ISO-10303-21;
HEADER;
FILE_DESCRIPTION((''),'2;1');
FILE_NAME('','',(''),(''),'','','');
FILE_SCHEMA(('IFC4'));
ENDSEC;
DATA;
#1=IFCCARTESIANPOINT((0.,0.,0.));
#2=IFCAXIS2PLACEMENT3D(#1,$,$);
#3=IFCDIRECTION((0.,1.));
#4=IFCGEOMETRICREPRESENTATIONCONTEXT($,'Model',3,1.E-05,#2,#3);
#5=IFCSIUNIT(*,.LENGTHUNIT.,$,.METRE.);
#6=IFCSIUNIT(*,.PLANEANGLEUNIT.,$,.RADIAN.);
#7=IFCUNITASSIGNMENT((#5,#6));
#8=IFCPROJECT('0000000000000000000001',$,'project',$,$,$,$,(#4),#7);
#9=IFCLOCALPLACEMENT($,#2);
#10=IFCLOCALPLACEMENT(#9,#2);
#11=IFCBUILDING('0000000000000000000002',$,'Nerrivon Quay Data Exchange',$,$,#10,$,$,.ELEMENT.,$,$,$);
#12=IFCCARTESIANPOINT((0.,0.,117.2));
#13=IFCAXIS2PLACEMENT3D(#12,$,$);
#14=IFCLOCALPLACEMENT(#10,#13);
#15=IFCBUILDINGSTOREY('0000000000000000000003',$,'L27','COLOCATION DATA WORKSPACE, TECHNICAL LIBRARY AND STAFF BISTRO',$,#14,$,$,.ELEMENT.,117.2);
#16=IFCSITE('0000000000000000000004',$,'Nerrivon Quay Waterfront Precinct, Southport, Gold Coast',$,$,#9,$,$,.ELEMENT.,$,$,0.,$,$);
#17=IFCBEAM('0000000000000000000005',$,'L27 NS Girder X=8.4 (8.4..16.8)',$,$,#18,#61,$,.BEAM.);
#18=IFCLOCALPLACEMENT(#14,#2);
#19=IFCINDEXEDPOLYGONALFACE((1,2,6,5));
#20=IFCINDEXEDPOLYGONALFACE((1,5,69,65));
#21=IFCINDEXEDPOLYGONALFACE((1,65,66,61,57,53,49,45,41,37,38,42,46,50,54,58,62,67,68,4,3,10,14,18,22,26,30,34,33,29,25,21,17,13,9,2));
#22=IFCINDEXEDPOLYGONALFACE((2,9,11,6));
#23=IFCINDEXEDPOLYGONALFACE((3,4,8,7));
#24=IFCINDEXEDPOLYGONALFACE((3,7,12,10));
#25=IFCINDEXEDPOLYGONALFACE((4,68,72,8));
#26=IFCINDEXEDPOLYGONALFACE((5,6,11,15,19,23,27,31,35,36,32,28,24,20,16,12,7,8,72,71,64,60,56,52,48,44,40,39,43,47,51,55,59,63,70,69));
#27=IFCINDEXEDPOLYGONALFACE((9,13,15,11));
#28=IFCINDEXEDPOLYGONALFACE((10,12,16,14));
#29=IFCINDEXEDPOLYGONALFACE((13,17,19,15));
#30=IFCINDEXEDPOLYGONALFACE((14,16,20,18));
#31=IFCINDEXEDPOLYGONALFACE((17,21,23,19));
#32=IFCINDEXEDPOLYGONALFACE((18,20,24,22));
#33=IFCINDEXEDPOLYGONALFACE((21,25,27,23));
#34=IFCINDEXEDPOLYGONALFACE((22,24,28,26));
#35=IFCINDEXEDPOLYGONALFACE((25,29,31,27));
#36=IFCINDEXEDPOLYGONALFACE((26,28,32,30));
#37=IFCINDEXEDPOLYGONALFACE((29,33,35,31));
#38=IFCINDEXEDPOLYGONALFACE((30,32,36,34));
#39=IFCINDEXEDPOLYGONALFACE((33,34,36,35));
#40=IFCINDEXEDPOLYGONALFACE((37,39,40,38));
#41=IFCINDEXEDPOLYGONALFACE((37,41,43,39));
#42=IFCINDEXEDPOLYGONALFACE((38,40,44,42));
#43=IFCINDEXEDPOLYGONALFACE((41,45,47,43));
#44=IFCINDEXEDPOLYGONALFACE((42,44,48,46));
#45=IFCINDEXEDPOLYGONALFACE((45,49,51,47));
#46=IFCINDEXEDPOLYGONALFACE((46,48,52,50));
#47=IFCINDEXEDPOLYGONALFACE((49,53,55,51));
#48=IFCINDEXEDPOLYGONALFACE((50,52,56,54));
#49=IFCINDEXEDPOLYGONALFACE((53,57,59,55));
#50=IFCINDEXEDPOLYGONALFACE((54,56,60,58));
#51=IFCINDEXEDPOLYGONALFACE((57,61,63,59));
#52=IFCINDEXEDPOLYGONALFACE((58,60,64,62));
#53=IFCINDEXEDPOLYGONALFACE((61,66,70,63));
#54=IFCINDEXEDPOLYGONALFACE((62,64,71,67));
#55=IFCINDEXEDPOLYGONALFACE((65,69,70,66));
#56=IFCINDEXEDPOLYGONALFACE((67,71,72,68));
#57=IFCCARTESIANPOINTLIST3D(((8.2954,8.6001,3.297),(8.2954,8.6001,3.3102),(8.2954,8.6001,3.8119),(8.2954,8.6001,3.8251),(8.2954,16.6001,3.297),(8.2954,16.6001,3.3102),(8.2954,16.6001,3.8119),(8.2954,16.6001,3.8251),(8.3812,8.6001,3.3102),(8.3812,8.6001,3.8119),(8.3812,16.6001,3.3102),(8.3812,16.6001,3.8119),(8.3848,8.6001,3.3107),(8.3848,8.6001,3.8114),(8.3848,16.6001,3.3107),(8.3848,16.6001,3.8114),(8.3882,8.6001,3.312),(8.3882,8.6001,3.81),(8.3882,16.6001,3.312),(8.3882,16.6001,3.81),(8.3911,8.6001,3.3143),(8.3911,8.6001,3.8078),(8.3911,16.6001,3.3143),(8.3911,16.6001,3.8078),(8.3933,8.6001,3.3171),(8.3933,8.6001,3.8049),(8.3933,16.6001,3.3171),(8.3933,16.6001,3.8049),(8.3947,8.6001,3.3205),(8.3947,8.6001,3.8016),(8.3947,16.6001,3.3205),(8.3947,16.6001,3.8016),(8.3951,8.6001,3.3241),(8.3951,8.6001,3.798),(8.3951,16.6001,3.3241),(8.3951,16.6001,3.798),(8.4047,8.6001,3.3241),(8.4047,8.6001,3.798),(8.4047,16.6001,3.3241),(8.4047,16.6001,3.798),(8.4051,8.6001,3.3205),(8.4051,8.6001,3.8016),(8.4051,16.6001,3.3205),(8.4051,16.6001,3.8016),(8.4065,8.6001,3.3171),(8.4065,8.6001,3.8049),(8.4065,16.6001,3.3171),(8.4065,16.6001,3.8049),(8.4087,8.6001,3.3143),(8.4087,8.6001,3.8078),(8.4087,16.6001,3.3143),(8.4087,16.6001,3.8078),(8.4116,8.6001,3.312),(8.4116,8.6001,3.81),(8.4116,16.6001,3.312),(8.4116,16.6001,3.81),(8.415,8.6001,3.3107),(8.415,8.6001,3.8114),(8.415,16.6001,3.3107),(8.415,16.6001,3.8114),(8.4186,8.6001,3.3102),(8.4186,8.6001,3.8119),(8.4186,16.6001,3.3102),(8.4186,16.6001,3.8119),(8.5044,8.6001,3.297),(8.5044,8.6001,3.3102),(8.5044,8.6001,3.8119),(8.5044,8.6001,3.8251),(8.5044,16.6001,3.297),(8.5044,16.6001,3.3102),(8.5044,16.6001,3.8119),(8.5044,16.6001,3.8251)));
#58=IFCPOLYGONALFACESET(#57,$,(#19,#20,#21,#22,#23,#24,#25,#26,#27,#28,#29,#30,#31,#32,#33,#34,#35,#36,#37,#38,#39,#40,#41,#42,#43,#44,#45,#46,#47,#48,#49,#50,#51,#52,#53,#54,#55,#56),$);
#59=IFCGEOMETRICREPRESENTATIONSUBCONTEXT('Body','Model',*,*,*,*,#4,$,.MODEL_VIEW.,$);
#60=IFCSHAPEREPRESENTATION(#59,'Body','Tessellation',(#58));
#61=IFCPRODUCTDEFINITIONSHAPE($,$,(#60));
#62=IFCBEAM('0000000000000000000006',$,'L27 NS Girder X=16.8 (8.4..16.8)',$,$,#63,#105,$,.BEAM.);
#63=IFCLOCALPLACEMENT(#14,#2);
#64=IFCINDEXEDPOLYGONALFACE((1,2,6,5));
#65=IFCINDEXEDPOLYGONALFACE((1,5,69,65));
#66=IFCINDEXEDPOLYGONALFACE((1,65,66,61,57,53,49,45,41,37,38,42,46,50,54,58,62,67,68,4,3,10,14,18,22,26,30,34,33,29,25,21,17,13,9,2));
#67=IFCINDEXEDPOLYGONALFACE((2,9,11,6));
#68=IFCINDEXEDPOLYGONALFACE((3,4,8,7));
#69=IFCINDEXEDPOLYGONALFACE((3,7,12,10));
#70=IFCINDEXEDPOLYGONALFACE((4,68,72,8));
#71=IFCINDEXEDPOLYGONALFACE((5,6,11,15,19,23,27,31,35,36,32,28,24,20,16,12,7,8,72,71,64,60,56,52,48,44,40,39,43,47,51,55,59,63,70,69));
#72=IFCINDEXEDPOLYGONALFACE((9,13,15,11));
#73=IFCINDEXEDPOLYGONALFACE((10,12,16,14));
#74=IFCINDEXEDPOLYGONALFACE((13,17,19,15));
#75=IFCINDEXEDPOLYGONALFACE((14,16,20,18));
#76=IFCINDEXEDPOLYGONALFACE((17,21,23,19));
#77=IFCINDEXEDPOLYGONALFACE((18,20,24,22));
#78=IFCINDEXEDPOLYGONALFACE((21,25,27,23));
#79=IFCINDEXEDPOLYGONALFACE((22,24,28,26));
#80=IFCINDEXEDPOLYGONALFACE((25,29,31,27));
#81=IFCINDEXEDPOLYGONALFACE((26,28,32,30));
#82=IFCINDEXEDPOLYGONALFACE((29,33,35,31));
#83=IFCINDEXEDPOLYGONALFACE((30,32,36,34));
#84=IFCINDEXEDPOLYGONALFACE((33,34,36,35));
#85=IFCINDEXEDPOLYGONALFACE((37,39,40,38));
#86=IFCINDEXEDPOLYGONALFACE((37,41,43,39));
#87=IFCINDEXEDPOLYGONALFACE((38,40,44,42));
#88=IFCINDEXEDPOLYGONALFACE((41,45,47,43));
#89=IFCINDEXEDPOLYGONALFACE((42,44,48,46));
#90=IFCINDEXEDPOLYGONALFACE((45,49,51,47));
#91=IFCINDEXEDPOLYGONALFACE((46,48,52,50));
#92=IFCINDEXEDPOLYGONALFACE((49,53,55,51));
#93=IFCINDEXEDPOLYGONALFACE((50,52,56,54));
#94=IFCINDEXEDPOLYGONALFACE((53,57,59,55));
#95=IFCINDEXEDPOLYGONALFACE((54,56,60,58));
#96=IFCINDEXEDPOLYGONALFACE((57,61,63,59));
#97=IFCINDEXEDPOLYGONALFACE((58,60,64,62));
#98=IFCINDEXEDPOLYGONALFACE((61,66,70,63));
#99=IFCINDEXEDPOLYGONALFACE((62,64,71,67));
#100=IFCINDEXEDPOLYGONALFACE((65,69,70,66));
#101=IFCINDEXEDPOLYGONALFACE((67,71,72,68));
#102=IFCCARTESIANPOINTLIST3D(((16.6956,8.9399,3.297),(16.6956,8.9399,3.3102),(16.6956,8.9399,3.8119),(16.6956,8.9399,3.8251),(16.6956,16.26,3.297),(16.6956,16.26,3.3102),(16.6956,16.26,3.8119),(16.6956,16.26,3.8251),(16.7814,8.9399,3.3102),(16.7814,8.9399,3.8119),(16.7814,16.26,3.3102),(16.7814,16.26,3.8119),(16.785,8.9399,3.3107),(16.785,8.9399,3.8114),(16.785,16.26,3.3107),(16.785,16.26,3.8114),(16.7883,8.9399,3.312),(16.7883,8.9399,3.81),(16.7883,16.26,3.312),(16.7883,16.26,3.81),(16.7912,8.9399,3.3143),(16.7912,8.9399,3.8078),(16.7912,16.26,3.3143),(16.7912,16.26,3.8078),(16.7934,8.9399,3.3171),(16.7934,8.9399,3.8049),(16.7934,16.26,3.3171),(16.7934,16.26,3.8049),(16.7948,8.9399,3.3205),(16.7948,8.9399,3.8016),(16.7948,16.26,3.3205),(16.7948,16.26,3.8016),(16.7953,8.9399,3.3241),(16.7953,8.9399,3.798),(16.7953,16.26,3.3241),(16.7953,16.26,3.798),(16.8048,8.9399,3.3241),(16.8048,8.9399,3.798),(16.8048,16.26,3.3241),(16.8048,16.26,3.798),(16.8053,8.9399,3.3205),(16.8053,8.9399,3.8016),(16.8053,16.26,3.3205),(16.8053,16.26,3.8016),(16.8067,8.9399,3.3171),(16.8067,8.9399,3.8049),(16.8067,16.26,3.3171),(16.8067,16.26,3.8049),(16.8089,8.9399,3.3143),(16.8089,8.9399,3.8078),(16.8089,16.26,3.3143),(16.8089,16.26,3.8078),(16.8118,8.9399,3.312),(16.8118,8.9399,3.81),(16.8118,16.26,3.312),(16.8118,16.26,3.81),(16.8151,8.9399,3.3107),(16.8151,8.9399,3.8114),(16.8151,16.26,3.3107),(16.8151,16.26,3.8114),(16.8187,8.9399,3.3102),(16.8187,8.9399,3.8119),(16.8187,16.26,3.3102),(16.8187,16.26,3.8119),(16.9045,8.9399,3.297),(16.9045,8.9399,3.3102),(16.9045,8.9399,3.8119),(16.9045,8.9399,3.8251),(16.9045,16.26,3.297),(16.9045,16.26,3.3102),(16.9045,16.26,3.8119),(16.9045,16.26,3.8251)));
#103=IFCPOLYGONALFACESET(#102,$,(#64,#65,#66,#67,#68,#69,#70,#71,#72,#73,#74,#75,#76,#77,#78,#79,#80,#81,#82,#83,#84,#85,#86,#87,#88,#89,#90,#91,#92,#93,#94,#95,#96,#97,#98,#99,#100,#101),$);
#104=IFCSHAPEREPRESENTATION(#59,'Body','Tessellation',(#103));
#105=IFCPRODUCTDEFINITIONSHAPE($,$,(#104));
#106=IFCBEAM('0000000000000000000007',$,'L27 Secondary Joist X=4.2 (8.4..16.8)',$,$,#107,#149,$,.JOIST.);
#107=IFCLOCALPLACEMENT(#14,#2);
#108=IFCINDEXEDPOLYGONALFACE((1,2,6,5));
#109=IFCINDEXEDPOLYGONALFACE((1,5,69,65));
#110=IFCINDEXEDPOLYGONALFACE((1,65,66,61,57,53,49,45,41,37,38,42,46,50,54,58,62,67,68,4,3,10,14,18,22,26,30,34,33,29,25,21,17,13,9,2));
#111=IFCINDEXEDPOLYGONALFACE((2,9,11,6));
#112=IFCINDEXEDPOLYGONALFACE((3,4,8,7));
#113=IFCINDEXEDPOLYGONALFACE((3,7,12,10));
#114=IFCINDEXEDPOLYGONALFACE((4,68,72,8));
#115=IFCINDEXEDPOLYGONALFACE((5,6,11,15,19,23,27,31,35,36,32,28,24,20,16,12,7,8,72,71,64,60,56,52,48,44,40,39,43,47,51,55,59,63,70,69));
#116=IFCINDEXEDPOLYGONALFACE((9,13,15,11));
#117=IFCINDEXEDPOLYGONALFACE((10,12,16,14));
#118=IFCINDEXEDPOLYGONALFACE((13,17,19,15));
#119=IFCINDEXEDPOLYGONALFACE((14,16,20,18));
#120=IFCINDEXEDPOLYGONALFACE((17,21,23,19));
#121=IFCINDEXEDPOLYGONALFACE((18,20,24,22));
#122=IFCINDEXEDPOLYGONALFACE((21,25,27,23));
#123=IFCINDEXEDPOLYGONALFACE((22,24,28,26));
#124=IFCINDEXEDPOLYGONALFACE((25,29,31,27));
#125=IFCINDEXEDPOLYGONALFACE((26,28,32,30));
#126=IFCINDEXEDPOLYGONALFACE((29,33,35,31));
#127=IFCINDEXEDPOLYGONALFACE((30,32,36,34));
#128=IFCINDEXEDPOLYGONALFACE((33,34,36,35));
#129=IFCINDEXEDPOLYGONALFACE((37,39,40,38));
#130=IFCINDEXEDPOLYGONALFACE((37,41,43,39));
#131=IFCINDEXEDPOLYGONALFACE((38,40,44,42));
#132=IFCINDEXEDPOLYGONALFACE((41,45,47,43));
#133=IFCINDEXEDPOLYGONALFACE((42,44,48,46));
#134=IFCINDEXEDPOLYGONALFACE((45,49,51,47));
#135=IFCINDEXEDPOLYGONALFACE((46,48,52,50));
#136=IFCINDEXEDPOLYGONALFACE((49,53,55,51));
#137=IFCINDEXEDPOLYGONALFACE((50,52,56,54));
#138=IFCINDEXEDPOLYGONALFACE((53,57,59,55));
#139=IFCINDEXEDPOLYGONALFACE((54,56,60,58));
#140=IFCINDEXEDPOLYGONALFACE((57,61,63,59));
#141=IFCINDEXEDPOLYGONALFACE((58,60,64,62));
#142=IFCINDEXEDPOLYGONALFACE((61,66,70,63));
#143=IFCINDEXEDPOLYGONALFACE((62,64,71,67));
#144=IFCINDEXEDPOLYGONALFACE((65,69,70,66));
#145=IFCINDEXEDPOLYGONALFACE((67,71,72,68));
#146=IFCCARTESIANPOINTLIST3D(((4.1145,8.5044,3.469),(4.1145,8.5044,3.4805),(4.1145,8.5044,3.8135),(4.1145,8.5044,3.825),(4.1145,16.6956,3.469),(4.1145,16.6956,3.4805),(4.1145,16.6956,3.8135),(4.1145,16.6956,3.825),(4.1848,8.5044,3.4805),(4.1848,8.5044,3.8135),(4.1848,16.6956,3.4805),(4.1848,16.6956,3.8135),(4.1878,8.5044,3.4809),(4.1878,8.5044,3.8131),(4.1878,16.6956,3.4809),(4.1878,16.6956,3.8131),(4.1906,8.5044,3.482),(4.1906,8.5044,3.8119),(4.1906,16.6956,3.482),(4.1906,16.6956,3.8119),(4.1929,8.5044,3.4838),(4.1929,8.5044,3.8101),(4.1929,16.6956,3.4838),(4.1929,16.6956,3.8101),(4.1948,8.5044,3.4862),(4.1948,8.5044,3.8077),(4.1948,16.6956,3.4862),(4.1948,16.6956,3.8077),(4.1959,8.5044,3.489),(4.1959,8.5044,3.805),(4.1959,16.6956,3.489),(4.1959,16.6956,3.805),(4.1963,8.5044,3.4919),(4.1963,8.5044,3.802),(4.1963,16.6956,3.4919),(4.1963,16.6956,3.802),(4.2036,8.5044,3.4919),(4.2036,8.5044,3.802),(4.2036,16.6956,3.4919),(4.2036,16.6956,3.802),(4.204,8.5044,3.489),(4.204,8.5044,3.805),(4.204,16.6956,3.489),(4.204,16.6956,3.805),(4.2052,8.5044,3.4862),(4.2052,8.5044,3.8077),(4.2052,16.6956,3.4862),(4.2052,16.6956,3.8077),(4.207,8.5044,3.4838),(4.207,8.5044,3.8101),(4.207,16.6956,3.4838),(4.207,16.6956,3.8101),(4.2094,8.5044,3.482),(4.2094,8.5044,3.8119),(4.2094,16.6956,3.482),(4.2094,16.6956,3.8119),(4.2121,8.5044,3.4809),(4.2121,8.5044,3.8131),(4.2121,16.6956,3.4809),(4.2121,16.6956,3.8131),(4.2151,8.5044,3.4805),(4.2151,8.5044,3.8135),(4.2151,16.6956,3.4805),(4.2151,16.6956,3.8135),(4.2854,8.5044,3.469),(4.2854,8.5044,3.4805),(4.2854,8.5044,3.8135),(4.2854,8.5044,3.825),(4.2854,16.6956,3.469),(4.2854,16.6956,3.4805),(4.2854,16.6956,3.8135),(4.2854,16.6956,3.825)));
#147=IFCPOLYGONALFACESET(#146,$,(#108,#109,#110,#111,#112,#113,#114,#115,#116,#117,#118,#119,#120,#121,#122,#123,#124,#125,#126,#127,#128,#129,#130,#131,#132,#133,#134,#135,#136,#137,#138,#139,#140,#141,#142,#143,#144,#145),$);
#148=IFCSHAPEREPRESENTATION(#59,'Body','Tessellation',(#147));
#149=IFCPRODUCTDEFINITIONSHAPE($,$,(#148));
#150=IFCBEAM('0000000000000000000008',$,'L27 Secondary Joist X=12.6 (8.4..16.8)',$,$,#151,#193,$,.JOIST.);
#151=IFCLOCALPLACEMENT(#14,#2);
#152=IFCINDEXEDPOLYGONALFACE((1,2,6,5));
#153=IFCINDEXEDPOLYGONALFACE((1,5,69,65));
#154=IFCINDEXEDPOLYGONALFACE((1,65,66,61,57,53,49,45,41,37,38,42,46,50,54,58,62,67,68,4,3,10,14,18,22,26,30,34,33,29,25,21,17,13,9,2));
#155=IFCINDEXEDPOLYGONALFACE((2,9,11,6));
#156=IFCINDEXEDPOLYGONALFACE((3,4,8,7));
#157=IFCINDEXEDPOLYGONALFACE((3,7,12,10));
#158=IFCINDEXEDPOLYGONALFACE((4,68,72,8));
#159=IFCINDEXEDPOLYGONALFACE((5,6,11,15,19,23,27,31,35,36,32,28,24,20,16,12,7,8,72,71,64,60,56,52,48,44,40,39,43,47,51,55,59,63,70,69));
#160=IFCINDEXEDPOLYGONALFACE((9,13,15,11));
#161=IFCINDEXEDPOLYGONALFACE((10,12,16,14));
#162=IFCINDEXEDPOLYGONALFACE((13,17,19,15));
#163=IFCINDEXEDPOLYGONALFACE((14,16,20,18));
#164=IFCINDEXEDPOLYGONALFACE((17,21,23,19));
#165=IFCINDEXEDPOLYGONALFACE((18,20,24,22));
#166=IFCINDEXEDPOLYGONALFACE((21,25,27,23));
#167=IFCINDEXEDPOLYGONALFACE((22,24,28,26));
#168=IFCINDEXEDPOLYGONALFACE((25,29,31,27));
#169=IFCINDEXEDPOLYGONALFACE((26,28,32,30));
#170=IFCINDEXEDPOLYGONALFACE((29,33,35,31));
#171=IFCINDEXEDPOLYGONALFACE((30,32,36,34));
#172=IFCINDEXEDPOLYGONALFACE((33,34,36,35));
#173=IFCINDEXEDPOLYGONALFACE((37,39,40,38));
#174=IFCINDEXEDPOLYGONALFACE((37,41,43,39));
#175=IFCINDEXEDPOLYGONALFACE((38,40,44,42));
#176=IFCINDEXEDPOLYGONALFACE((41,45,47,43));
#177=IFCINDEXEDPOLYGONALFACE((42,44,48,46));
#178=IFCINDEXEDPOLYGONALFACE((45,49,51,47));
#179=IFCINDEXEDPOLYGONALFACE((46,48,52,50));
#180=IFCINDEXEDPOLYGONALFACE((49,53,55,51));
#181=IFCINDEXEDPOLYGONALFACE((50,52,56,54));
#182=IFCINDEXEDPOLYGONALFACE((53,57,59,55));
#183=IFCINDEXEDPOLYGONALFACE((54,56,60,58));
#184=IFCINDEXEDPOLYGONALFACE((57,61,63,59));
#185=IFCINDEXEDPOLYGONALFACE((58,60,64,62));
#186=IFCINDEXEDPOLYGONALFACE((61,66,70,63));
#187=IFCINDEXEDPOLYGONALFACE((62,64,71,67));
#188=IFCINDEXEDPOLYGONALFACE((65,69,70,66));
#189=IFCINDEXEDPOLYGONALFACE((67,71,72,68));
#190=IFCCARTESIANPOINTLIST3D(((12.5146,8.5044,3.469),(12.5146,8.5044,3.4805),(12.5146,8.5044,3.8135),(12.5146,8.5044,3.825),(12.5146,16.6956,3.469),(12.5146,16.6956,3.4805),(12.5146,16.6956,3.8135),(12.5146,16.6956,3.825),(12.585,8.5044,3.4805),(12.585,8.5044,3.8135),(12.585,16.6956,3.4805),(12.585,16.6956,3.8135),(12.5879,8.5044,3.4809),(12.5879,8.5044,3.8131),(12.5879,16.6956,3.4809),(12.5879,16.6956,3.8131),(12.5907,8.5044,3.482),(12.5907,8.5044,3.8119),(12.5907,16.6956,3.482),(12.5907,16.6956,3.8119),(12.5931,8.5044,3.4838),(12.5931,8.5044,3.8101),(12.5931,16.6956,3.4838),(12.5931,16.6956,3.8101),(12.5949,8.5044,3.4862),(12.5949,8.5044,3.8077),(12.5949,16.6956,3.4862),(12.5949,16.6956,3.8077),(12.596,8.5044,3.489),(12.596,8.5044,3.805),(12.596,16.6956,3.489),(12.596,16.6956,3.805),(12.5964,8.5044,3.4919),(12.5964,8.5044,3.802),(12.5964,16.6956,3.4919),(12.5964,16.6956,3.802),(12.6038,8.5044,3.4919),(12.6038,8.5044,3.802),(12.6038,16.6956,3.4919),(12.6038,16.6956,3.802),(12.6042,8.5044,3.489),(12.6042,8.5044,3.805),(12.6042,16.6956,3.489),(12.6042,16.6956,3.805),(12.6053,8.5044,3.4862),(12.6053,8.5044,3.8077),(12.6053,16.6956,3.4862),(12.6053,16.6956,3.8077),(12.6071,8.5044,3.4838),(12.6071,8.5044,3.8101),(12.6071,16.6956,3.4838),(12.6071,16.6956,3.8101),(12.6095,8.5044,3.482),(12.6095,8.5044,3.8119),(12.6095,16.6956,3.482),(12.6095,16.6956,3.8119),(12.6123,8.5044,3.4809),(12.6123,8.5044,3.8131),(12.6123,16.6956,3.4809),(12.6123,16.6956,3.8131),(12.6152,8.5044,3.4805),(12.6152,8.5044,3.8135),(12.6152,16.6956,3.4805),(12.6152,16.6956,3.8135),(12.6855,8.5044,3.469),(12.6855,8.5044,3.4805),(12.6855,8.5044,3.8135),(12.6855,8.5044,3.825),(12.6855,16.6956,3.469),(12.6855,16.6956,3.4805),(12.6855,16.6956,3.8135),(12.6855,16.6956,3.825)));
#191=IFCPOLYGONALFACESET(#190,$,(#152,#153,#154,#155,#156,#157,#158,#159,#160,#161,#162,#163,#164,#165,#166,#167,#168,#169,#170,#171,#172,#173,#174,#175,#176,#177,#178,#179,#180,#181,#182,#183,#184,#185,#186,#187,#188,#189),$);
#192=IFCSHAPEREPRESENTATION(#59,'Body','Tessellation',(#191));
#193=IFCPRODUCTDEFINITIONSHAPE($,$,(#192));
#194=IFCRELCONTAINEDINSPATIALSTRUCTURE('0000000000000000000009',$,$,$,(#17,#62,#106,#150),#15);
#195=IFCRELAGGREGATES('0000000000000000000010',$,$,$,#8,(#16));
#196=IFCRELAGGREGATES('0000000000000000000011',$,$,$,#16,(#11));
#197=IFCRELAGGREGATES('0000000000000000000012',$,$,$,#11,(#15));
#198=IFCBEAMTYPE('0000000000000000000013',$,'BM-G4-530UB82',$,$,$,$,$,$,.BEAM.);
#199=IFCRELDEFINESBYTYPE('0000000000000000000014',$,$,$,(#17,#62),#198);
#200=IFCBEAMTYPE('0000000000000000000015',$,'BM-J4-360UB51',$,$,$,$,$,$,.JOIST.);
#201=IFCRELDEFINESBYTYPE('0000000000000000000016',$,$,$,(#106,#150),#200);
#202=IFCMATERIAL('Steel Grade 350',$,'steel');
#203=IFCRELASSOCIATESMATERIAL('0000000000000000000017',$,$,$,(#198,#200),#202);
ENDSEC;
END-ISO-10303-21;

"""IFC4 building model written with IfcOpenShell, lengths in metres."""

from ifc_helpers import new_model, si_unit, direction, frame, origin, origin_2d, place, context, subcontext, project, spatial, i_section, extrude, material, material_profile, profile_set, type_object, element, save


model = new_model("IFC4")

# Units and contexts
model_context = context("Model", 3, precision=1e-05, world=origin(), true_north=direction((0.0, 1.0)))
body_context = subcontext(model_context, "Body", "Model", "MODEL_VIEW")
ifc_project = project(units=[si_unit("LENGTHUNIT", "METRE"), si_unit("PLANEANGLEUNIT", "RADIAN")], contexts=[model_context])

# Site, building, storey
site_placement = place(None, origin())
site = spatial("IfcSite", under=ifc_project, at=site_placement, Name="Nerrivon Quay Waterfront Precinct, Southport, Gold Coast", CompositionType="ELEMENT", RefElevation=0.0)
building_placement = place(site_placement, origin())
building = spatial("IfcBuilding", under=site, at=building_placement, Name="Nerrivon Quay Data Exchange", CompositionType="ELEMENT")
storey_placement = place(building_placement, frame((0.0, 0.0, 117.2)))
storey = spatial("IfcBuildingStorey", under=building, at=storey_placement, Name="L27", Description="COLOCATION DATA WORKSPACE, TECHNICAL LIBRARY AND STAFF BISTRO", CompositionType="ELEMENT", Elevation=117.2)

# Shared definitions
ifc_material_1 = material(Name="Steel Grade 350", Category="steel")

# Beams
ifc_material_profile_1 = material_profile(ifc_material_1, i_section(OverallWidth=0.209, OverallDepth=0.5281, WebThickness=0.0095, FlangeThickness=0.0132, FilletRadius=0.0139, at=origin_2d()), Name="530UB82.0")
ifc_profile_set_1 = profile_set([ifc_material_profile_1], Name="Steel Grade 350")
beam_type_1 = type_object("IfcBeamType", Name="BM-G4-530UB82", PredefinedType="BEAM", material=ifc_profile_set_1)
beam_1_placement = place(storey_placement, frame((8.3999, 8.6001, 3.561), z_axis=(0.0, 1.0, 0.0), x_axis=(-1.0, 0.0, 0.0)))
element("IfcBeam", 1, at=beam_1_placement, inside=storey, type_object=beam_type_1, Name="L27 NS Girder X=8.4 (8.4..16.8)", PredefinedType="BEAM", context=body_context, shape_type="SweptSolid", body=[
    extrude(i_section(OverallWidth=0.209, OverallDepth=0.5281, WebThickness=0.0095, FlangeThickness=0.0132, FilletRadius=0.0139, at=origin_2d()), origin(), (0.0, 0.0, 1.0), 8.0),
])
beam_2_placement = place(storey_placement, frame((16.8, 8.9399, 3.561), z_axis=(0.0, 1.0, 0.0), x_axis=(-1.0, 0.0, 0.0)))
element("IfcBeam", 2, at=beam_2_placement, inside=storey, type_object=beam_type_1, Name="L27 NS Girder X=16.8 (8.4..16.8)", PredefinedType="BEAM", context=body_context, shape_type="SweptSolid", body=[
    extrude(i_section(OverallWidth=0.209, OverallDepth=0.5281, WebThickness=0.0095, FlangeThickness=0.0132, FilletRadius=0.0139, at=origin_2d()), origin(), (0.0, 0.0, 1.0), 7.3201),
])
ifc_material_profile_2 = material_profile(ifc_material_1, i_section(OverallWidth=0.1709, OverallDepth=0.356, WebThickness=0.0073, FlangeThickness=0.0115, FilletRadius=0.0115, at=origin_2d()), Name="360UB50.7")
ifc_profile_set_2 = profile_set([ifc_material_profile_2], Name="Steel Grade 350")
beam_type_2 = type_object("IfcBeamType", Name="BM-J4-360UB51", PredefinedType="JOIST", material=ifc_profile_set_2)
for number, where, z_axis, x_axis, name in (
    (3, (4.2, 8.5044, 3.647), (0.0, 1.0, 0.0), (-1.0, 0.0, 0.0), "L27 Secondary Joist X=4.2 (8.4..16.8)"),
    (4, (12.6001, 8.5044, 3.647), (0.0, 1.0, 0.0), (-1.0, 0.0, 0.0), "L27 Secondary Joist X=12.6 (8.4..16.8)"),
):
    element("IfcBeam", number, at=place(storey_placement, frame(where, z_axis=z_axis, x_axis=x_axis)), inside=storey, type_object=beam_type_2, Name=name, PredefinedType="JOIST", context=body_context, shape_type="SweptSolid", body=[
        extrude(i_section(OverallWidth=0.1709, OverallDepth=0.356, WebThickness=0.0073, FlangeThickness=0.0115, FilletRadius=0.0115, at=origin_2d()), origin(), (0.0, 0.0, 1.0), 8.1912),
    ])

save(model, "model.ifc")
